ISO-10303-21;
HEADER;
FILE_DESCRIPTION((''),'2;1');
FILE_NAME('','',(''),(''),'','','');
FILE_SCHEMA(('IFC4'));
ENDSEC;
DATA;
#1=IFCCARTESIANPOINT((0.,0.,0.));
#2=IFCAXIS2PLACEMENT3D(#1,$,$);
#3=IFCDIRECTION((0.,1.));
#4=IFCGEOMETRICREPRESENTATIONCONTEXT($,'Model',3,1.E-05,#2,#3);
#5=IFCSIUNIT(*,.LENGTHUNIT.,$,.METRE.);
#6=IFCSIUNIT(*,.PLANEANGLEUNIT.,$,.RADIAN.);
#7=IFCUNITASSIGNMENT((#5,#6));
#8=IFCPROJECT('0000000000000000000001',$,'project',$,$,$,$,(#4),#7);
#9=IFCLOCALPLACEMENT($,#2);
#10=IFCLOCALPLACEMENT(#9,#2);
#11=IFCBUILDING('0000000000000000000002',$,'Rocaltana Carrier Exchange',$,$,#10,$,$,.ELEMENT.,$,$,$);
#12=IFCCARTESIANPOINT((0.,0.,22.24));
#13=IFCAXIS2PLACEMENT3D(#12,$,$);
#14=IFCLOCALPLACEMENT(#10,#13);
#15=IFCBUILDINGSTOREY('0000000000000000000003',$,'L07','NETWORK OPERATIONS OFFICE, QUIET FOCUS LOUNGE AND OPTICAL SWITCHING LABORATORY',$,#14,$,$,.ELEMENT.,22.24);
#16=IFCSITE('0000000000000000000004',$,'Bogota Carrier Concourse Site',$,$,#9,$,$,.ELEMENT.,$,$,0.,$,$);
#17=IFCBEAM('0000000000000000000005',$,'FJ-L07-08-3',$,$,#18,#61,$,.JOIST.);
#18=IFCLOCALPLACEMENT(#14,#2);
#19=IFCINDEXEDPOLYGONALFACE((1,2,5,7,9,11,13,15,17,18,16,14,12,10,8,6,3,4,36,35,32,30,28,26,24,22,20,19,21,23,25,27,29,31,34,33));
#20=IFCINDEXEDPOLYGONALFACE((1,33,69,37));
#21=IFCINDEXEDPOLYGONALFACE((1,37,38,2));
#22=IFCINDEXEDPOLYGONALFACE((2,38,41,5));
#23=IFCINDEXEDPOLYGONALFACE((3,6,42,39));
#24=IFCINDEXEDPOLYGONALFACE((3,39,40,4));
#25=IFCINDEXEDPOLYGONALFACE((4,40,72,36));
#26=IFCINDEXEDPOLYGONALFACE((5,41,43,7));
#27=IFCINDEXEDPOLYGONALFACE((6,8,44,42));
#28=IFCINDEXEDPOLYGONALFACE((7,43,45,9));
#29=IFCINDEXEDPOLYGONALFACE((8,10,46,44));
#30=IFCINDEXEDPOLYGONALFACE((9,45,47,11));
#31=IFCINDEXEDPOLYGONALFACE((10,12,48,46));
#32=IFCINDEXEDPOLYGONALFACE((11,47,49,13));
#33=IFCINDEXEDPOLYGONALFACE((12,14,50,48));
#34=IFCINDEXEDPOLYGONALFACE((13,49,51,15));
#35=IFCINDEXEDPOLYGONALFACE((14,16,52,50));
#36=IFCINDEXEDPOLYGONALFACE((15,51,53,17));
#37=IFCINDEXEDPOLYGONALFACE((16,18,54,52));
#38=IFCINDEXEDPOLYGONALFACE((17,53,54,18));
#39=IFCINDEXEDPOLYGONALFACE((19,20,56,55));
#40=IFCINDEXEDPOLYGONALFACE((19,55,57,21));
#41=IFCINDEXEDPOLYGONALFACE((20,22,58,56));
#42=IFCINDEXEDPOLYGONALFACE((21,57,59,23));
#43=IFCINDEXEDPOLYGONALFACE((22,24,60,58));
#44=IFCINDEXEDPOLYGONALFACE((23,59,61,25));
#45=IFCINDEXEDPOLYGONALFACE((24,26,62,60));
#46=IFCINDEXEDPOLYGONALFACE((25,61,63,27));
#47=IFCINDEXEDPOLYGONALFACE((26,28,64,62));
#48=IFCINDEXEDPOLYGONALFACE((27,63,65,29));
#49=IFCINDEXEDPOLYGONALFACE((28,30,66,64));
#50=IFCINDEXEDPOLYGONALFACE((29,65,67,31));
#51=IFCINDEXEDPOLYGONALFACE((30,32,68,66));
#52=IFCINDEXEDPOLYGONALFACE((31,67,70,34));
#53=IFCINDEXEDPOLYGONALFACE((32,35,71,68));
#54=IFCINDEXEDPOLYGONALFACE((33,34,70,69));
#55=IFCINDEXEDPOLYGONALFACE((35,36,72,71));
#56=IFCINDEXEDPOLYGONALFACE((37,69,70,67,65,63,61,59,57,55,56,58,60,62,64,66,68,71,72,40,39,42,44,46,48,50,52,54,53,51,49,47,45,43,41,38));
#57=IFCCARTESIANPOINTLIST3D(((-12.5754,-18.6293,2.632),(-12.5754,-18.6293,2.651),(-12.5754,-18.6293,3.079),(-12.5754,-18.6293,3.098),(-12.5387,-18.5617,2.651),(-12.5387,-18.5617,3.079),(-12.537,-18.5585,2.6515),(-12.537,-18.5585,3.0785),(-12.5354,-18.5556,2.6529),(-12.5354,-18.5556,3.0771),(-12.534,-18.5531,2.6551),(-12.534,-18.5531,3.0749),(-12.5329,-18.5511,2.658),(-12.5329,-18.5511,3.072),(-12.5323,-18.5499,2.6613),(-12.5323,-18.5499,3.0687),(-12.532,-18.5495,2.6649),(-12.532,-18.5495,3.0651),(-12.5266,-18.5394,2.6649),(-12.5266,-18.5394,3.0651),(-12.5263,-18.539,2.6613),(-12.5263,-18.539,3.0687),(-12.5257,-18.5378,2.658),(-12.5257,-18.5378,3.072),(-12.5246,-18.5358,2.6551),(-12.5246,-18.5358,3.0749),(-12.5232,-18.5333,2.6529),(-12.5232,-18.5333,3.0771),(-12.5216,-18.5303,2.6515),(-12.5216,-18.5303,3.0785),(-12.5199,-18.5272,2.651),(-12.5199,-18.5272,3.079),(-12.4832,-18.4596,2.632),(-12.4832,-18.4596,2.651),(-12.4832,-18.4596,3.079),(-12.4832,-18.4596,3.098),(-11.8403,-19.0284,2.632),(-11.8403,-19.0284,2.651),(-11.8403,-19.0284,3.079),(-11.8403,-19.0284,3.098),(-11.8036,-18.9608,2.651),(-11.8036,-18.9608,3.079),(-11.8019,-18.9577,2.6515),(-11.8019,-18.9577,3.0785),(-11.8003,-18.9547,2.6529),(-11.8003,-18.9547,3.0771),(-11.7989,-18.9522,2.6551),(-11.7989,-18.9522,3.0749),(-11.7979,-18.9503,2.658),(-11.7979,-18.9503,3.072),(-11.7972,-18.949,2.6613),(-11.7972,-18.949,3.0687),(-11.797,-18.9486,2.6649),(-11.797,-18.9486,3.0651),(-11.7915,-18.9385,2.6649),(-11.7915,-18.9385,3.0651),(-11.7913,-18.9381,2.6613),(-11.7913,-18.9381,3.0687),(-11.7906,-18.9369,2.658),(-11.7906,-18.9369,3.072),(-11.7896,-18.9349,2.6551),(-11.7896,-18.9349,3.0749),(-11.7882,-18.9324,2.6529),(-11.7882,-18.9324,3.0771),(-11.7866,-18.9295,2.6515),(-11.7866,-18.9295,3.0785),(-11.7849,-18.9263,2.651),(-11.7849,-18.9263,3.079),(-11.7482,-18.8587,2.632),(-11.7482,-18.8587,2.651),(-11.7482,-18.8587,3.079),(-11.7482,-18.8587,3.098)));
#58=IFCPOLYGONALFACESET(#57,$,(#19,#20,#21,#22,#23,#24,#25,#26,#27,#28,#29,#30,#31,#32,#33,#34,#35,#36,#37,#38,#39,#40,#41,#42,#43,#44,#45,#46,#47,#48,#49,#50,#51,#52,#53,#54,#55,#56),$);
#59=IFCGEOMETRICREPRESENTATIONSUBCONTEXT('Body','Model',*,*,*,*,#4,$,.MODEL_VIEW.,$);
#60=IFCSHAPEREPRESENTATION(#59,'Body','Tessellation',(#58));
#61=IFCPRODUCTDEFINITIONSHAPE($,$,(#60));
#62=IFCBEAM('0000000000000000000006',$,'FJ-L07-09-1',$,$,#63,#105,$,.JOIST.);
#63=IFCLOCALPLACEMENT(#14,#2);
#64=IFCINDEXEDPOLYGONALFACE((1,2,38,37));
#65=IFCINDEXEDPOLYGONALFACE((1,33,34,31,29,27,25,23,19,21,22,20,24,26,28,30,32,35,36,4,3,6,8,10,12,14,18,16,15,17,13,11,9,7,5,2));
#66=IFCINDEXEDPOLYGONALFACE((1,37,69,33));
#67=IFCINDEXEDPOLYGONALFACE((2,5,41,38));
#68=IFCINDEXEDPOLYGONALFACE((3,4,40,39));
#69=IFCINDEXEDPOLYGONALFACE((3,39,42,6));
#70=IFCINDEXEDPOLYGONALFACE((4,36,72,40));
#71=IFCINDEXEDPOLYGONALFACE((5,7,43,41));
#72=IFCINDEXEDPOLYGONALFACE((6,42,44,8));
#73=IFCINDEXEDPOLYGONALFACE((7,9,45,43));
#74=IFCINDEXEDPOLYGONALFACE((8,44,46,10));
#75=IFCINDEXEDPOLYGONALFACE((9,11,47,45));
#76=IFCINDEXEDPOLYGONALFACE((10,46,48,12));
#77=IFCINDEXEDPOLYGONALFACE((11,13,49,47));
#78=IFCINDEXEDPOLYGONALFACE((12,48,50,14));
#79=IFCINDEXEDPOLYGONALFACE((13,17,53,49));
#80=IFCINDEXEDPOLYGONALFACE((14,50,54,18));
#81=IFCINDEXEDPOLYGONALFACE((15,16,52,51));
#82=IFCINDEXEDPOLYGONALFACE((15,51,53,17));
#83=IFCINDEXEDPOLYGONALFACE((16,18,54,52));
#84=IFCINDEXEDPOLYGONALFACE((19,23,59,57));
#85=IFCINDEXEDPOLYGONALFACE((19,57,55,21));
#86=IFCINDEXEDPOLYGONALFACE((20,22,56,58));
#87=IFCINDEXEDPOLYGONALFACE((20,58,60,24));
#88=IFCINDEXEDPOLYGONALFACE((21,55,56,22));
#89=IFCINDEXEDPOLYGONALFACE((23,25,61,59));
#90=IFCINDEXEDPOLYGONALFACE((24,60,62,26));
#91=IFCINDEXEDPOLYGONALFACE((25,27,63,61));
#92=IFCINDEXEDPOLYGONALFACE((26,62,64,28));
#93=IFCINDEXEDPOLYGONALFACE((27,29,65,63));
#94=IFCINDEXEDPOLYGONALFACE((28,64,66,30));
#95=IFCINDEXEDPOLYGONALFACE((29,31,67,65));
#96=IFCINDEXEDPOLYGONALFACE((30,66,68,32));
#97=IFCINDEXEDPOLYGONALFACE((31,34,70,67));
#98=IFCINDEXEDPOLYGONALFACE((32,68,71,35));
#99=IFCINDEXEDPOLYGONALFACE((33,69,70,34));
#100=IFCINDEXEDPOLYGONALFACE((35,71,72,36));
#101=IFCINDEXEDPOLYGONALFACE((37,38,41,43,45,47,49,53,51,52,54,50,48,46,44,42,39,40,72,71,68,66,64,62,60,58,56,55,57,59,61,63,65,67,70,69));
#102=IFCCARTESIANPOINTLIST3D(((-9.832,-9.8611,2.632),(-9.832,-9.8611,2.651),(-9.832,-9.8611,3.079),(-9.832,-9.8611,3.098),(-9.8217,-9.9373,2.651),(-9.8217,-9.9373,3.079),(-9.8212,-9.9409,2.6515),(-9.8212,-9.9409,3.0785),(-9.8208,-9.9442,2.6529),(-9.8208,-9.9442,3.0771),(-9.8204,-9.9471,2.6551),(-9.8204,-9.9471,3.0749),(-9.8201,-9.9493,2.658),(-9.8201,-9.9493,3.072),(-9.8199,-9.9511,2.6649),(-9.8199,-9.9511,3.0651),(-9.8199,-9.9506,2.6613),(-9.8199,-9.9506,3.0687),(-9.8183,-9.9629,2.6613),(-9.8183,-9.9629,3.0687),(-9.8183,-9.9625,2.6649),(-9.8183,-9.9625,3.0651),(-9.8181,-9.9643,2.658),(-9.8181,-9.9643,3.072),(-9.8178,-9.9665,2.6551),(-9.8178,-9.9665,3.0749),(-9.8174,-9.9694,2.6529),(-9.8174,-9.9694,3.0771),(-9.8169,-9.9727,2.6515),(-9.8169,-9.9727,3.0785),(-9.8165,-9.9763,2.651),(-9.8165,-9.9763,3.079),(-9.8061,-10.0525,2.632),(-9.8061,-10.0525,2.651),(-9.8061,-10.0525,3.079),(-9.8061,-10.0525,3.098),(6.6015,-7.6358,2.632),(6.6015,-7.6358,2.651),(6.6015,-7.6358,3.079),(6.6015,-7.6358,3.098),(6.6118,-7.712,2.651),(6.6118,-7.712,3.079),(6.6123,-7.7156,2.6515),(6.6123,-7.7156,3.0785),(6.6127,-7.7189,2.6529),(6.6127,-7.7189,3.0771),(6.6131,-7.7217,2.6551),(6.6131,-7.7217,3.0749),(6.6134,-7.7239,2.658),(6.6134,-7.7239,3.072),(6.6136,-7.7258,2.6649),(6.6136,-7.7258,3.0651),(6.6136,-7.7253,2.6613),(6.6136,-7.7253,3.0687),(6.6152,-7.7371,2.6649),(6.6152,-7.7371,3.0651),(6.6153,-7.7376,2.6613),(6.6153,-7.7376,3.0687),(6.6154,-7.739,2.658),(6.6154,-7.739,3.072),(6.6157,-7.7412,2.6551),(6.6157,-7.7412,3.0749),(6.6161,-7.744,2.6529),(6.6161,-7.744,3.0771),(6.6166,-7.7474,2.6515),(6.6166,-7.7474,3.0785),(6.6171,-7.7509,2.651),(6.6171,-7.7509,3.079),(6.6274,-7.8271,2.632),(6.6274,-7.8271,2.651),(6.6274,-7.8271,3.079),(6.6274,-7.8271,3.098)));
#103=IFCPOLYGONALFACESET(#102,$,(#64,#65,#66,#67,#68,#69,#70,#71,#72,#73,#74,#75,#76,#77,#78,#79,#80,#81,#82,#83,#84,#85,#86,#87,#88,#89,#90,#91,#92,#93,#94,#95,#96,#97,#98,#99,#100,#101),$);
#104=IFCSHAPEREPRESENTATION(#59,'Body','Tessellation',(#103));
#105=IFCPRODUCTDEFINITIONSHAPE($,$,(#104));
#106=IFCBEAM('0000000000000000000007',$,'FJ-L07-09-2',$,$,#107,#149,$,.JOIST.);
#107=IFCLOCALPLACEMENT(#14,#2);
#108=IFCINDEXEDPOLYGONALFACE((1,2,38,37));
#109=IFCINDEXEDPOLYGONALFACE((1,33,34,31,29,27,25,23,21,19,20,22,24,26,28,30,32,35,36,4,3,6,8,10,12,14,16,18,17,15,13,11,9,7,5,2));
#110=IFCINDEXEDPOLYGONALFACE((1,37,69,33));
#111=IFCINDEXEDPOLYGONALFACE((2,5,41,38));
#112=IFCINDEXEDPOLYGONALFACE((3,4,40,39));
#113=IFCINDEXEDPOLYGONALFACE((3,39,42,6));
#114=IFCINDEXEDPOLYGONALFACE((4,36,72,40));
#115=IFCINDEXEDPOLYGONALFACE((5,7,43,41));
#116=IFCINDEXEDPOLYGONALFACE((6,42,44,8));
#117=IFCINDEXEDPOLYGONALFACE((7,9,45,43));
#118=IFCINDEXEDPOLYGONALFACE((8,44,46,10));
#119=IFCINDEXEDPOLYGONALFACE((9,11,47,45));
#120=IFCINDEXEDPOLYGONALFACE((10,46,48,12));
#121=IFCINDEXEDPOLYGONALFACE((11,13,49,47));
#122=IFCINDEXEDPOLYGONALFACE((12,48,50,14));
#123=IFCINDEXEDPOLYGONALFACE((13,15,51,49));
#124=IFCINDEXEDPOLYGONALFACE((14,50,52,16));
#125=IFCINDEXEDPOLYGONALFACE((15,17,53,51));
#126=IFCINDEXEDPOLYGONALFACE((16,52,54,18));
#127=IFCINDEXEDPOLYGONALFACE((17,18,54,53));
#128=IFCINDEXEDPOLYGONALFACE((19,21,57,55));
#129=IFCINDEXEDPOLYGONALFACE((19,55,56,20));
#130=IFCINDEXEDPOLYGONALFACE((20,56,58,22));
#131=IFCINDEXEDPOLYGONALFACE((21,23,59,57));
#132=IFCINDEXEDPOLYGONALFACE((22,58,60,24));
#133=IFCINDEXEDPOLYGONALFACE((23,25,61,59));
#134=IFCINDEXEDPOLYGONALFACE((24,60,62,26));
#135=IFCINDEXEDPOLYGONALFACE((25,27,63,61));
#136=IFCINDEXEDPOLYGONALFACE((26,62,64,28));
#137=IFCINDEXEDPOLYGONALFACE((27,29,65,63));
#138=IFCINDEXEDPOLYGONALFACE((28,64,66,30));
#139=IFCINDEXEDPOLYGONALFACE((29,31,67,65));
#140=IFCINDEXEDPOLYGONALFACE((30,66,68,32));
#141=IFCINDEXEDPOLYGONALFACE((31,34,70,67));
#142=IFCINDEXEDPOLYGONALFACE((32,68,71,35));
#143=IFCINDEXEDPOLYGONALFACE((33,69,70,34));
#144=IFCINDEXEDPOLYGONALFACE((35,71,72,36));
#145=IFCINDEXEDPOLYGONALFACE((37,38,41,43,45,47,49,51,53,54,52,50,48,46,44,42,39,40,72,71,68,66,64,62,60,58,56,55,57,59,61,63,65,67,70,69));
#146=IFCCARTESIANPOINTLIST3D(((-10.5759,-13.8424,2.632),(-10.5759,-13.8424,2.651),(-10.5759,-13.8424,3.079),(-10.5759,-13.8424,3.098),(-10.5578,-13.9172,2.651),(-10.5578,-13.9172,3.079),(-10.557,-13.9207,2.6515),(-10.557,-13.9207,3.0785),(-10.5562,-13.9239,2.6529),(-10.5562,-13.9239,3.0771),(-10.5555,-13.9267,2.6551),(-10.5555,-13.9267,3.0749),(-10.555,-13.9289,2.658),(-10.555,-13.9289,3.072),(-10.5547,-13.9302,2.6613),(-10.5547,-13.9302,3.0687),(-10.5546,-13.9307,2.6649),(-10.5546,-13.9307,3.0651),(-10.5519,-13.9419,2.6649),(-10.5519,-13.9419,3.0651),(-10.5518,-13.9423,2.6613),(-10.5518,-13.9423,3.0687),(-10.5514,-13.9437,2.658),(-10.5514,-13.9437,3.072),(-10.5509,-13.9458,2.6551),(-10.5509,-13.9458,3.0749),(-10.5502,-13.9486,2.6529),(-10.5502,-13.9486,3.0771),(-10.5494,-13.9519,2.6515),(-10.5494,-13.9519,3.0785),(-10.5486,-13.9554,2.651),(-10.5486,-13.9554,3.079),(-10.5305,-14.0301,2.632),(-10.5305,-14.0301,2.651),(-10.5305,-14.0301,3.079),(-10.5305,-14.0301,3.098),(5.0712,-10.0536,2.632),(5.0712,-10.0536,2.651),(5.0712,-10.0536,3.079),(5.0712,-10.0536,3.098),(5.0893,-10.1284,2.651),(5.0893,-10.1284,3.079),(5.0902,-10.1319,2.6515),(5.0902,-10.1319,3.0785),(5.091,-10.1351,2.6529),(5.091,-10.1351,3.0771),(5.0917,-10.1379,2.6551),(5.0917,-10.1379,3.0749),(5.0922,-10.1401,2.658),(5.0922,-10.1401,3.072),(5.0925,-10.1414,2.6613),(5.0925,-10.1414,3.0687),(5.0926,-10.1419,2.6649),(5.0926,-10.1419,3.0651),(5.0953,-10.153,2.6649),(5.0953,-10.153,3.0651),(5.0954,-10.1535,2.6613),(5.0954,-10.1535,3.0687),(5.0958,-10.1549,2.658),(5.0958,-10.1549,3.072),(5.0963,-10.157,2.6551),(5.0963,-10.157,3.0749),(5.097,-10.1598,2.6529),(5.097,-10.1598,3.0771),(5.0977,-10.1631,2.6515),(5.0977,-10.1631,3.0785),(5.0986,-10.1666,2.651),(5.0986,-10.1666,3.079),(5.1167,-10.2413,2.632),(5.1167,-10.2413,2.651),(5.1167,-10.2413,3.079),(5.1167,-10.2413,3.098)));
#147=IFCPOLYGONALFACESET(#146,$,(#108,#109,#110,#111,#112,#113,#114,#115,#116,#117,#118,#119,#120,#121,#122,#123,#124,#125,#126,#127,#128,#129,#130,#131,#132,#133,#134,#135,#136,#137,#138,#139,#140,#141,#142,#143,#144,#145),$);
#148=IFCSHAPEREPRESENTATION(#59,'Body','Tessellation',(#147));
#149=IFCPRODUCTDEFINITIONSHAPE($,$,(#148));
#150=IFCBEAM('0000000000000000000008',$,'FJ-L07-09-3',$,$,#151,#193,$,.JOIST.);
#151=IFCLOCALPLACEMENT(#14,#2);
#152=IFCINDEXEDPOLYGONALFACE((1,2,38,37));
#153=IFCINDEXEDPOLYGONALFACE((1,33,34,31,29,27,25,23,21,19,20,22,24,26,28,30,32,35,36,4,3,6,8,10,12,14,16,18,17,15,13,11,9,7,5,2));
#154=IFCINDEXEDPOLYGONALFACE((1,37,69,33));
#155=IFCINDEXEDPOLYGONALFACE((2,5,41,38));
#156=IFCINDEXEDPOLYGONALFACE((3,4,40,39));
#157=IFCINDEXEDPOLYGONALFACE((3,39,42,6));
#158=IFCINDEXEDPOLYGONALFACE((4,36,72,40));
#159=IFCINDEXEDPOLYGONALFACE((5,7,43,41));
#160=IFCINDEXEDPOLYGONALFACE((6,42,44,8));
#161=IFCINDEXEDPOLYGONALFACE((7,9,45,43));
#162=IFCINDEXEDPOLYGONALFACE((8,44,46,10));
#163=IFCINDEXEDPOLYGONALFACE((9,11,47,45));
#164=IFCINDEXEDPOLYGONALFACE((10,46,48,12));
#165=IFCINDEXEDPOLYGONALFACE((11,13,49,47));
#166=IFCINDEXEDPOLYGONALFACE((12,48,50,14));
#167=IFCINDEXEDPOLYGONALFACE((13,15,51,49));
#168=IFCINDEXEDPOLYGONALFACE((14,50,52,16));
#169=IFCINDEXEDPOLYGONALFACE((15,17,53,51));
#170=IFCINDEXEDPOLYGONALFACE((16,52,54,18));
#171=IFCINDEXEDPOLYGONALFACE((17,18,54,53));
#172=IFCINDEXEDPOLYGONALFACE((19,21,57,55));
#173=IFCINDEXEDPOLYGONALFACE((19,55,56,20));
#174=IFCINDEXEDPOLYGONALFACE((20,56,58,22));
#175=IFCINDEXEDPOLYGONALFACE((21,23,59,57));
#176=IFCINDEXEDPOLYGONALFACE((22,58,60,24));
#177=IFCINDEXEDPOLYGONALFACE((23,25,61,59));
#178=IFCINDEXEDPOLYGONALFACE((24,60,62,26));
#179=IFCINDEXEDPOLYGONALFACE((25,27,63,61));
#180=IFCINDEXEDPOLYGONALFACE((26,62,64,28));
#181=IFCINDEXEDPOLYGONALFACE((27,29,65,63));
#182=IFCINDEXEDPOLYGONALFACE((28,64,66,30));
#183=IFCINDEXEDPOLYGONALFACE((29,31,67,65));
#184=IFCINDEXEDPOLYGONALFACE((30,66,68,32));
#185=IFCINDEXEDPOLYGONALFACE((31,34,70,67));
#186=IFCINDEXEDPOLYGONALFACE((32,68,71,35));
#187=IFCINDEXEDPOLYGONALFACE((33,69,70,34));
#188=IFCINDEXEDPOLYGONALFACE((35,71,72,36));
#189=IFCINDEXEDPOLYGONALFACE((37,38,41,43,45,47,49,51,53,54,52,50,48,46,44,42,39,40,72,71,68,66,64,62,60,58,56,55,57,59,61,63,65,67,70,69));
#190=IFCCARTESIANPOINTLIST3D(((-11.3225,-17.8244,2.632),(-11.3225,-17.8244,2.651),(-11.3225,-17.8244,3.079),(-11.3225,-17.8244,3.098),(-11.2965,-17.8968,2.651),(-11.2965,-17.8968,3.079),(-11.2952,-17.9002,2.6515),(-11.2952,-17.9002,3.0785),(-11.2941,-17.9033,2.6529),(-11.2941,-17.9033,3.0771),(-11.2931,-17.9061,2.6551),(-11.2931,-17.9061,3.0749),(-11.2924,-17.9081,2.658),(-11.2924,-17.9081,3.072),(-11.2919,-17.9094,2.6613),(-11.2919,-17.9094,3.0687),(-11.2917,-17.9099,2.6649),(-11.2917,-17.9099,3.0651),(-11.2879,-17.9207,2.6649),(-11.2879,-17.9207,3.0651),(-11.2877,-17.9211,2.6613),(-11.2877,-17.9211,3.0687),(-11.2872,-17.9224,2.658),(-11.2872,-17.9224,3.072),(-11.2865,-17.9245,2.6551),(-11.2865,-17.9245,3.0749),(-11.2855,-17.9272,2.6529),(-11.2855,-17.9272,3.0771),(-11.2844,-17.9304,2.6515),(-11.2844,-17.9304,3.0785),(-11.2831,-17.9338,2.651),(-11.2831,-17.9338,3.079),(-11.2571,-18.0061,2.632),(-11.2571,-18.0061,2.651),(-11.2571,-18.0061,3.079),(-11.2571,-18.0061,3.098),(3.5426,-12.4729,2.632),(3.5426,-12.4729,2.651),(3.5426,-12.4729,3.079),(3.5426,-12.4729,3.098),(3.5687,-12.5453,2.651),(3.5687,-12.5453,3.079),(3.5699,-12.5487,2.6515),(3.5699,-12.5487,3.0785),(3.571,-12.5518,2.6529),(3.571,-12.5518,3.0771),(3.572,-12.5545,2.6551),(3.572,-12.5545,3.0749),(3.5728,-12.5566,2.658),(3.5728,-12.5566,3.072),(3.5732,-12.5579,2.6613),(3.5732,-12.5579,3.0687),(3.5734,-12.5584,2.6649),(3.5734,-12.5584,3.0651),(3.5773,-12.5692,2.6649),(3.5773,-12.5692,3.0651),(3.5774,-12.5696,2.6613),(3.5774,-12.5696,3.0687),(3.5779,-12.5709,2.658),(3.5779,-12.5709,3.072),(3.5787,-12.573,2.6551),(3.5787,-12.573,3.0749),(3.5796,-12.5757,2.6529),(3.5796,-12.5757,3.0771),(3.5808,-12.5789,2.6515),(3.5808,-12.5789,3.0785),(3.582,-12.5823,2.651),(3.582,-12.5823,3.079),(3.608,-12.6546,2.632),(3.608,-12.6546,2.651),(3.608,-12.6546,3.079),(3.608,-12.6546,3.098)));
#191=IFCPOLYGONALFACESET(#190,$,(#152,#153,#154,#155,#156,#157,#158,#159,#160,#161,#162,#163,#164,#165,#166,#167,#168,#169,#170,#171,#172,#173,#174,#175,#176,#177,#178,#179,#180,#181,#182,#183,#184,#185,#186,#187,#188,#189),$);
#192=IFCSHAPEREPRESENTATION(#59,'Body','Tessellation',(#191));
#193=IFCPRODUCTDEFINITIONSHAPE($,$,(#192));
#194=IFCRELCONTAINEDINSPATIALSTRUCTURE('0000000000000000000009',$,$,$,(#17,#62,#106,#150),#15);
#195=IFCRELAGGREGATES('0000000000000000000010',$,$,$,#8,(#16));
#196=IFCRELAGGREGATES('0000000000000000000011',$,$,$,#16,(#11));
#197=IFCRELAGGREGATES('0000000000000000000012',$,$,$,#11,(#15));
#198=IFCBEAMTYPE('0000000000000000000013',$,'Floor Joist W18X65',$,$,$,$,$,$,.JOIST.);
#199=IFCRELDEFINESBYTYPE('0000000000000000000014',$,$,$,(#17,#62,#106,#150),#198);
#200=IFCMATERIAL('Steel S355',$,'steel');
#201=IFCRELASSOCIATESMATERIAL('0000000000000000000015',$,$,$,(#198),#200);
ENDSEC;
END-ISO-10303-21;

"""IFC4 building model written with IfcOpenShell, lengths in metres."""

from ifc_helpers import new_model, si_unit, direction, frame, origin, origin_2d, place, context, subcontext, project, spatial, i_section, extrude, material, material_profile, profile_set, type_object, element, save


model = new_model("IFC4")

# Units and contexts
model_context = context("Model", 3, precision=1e-05, world=origin(), true_north=direction((0.0, 1.0)))
body_context = subcontext(model_context, "Body", "Model", "MODEL_VIEW")
ifc_project = project(units=[si_unit("LENGTHUNIT", "METRE"), si_unit("PLANEANGLEUNIT", "RADIAN")], contexts=[model_context])

# Site, building, storey
site_placement = place(None, origin())
site = spatial("IfcSite", under=ifc_project, at=site_placement, Name="Bogota Carrier Concourse Site", CompositionType="ELEMENT", RefElevation=0.0)
building_placement = place(site_placement, origin())
building = spatial("IfcBuilding", under=site, at=building_placement, Name="Rocaltana Carrier Exchange", CompositionType="ELEMENT")
storey_placement = place(building_placement, frame((0.0, 0.0, 22.24)))
storey = spatial("IfcBuildingStorey", under=building, at=storey_placement, Name="L07", Description="NETWORK OPERATIONS OFFICE, QUIET FOCUS LOUNGE AND OPTICAL SWITCHING LABORATORY", CompositionType="ELEMENT", Elevation=22.24)

# Beams
ifc_material_1 = material(Name="Steel S355", Category="steel")
ifc_material_profile_1 = material_profile(ifc_material_1, i_section(OverallWidth=0.1931, OverallDepth=0.4661, WebThickness=0.0115, FlangeThickness=0.019, FilletRadius=0.0139, at=origin_2d()), Name="W18X65")
ifc_profile_set_1 = profile_set([ifc_material_profile_1], Name="Steel S355")
beam_type_1 = type_object("IfcBeamType", Name="Floor Joist W18X65", PredefinedType="JOIST", material=ifc_profile_set_1)
beam_1_placement = place(storey_placement, frame((-12.5293, -18.5444, 2.865), z_axis=(0.878797, -0.477195, 0.0), x_axis=(0.477195, 0.878797, 0.0)))
element("IfcBeam", 1, at=beam_1_placement, inside=storey, type_object=beam_type_1, Name="FJ-L07-08-3", PredefinedType="JOIST", context=body_context, shape_type="SweptSolid", body=[
    extrude(i_section(OverallWidth=0.1931, OverallDepth=0.4661, WebThickness=0.0115, FlangeThickness=0.019, FilletRadius=0.0139, at=origin_2d()), origin(), (0.0, 0.0, 1.0), 0.8364),
])
beam_2_placement = place(storey_placement, frame((-9.8191, -9.9568, 2.865), z_axis=(0.990956, 0.134189, 0.0), x_axis=(-0.134189, 0.990956, 0.0)))
element("IfcBeam", 2, at=beam_2_placement, inside=storey, type_object=beam_type_1, Name="FJ-L07-09-1", PredefinedType="JOIST", context=body_context, shape_type="SweptSolid", body=[
    extrude(i_section(OverallWidth=0.1931, OverallDepth=0.4661, WebThickness=0.0115, FlangeThickness=0.019, FilletRadius=0.0139, at=origin_2d()), origin(), (0.0, 0.0, 1.0), 16.5835),
])
beam_3_placement = place(storey_placement, frame((-10.5532, -13.9363, 2.865), z_axis=(0.971913, 0.235339, 0.0), x_axis=(-0.235339, 0.971913, 0.0)))
element("IfcBeam", 3, at=beam_3_placement, inside=storey, type_object=beam_type_1, Name="FJ-L07-09-2", PredefinedType="JOIST", context=body_context, shape_type="SweptSolid", body=[
    extrude(i_section(OverallWidth=0.1931, OverallDepth=0.4661, WebThickness=0.0115, FlangeThickness=0.019, FilletRadius=0.0139, at=origin_2d()), origin(), (0.0, 0.0, 1.0), 16.0994),
])
beam_4_placement = place(storey_placement, frame((-11.2898, -17.9153, 2.865), z_axis=(0.940886, 0.338724, 0.0), x_axis=(-0.338724, 0.940886, 0.0)))
element("IfcBeam", 4, at=beam_4_placement, inside=storey, type_object=beam_type_1, Name="FJ-L07-09-3", PredefinedType="JOIST", context=body_context, shape_type="SweptSolid", body=[
    extrude(i_section(OverallWidth=0.1931, OverallDepth=0.4661, WebThickness=0.0115, FlangeThickness=0.019, FilletRadius=0.0139, at=origin_2d()), origin(), (0.0, 0.0, 1.0), 15.7991),
])

save(model, "model.ifc")
